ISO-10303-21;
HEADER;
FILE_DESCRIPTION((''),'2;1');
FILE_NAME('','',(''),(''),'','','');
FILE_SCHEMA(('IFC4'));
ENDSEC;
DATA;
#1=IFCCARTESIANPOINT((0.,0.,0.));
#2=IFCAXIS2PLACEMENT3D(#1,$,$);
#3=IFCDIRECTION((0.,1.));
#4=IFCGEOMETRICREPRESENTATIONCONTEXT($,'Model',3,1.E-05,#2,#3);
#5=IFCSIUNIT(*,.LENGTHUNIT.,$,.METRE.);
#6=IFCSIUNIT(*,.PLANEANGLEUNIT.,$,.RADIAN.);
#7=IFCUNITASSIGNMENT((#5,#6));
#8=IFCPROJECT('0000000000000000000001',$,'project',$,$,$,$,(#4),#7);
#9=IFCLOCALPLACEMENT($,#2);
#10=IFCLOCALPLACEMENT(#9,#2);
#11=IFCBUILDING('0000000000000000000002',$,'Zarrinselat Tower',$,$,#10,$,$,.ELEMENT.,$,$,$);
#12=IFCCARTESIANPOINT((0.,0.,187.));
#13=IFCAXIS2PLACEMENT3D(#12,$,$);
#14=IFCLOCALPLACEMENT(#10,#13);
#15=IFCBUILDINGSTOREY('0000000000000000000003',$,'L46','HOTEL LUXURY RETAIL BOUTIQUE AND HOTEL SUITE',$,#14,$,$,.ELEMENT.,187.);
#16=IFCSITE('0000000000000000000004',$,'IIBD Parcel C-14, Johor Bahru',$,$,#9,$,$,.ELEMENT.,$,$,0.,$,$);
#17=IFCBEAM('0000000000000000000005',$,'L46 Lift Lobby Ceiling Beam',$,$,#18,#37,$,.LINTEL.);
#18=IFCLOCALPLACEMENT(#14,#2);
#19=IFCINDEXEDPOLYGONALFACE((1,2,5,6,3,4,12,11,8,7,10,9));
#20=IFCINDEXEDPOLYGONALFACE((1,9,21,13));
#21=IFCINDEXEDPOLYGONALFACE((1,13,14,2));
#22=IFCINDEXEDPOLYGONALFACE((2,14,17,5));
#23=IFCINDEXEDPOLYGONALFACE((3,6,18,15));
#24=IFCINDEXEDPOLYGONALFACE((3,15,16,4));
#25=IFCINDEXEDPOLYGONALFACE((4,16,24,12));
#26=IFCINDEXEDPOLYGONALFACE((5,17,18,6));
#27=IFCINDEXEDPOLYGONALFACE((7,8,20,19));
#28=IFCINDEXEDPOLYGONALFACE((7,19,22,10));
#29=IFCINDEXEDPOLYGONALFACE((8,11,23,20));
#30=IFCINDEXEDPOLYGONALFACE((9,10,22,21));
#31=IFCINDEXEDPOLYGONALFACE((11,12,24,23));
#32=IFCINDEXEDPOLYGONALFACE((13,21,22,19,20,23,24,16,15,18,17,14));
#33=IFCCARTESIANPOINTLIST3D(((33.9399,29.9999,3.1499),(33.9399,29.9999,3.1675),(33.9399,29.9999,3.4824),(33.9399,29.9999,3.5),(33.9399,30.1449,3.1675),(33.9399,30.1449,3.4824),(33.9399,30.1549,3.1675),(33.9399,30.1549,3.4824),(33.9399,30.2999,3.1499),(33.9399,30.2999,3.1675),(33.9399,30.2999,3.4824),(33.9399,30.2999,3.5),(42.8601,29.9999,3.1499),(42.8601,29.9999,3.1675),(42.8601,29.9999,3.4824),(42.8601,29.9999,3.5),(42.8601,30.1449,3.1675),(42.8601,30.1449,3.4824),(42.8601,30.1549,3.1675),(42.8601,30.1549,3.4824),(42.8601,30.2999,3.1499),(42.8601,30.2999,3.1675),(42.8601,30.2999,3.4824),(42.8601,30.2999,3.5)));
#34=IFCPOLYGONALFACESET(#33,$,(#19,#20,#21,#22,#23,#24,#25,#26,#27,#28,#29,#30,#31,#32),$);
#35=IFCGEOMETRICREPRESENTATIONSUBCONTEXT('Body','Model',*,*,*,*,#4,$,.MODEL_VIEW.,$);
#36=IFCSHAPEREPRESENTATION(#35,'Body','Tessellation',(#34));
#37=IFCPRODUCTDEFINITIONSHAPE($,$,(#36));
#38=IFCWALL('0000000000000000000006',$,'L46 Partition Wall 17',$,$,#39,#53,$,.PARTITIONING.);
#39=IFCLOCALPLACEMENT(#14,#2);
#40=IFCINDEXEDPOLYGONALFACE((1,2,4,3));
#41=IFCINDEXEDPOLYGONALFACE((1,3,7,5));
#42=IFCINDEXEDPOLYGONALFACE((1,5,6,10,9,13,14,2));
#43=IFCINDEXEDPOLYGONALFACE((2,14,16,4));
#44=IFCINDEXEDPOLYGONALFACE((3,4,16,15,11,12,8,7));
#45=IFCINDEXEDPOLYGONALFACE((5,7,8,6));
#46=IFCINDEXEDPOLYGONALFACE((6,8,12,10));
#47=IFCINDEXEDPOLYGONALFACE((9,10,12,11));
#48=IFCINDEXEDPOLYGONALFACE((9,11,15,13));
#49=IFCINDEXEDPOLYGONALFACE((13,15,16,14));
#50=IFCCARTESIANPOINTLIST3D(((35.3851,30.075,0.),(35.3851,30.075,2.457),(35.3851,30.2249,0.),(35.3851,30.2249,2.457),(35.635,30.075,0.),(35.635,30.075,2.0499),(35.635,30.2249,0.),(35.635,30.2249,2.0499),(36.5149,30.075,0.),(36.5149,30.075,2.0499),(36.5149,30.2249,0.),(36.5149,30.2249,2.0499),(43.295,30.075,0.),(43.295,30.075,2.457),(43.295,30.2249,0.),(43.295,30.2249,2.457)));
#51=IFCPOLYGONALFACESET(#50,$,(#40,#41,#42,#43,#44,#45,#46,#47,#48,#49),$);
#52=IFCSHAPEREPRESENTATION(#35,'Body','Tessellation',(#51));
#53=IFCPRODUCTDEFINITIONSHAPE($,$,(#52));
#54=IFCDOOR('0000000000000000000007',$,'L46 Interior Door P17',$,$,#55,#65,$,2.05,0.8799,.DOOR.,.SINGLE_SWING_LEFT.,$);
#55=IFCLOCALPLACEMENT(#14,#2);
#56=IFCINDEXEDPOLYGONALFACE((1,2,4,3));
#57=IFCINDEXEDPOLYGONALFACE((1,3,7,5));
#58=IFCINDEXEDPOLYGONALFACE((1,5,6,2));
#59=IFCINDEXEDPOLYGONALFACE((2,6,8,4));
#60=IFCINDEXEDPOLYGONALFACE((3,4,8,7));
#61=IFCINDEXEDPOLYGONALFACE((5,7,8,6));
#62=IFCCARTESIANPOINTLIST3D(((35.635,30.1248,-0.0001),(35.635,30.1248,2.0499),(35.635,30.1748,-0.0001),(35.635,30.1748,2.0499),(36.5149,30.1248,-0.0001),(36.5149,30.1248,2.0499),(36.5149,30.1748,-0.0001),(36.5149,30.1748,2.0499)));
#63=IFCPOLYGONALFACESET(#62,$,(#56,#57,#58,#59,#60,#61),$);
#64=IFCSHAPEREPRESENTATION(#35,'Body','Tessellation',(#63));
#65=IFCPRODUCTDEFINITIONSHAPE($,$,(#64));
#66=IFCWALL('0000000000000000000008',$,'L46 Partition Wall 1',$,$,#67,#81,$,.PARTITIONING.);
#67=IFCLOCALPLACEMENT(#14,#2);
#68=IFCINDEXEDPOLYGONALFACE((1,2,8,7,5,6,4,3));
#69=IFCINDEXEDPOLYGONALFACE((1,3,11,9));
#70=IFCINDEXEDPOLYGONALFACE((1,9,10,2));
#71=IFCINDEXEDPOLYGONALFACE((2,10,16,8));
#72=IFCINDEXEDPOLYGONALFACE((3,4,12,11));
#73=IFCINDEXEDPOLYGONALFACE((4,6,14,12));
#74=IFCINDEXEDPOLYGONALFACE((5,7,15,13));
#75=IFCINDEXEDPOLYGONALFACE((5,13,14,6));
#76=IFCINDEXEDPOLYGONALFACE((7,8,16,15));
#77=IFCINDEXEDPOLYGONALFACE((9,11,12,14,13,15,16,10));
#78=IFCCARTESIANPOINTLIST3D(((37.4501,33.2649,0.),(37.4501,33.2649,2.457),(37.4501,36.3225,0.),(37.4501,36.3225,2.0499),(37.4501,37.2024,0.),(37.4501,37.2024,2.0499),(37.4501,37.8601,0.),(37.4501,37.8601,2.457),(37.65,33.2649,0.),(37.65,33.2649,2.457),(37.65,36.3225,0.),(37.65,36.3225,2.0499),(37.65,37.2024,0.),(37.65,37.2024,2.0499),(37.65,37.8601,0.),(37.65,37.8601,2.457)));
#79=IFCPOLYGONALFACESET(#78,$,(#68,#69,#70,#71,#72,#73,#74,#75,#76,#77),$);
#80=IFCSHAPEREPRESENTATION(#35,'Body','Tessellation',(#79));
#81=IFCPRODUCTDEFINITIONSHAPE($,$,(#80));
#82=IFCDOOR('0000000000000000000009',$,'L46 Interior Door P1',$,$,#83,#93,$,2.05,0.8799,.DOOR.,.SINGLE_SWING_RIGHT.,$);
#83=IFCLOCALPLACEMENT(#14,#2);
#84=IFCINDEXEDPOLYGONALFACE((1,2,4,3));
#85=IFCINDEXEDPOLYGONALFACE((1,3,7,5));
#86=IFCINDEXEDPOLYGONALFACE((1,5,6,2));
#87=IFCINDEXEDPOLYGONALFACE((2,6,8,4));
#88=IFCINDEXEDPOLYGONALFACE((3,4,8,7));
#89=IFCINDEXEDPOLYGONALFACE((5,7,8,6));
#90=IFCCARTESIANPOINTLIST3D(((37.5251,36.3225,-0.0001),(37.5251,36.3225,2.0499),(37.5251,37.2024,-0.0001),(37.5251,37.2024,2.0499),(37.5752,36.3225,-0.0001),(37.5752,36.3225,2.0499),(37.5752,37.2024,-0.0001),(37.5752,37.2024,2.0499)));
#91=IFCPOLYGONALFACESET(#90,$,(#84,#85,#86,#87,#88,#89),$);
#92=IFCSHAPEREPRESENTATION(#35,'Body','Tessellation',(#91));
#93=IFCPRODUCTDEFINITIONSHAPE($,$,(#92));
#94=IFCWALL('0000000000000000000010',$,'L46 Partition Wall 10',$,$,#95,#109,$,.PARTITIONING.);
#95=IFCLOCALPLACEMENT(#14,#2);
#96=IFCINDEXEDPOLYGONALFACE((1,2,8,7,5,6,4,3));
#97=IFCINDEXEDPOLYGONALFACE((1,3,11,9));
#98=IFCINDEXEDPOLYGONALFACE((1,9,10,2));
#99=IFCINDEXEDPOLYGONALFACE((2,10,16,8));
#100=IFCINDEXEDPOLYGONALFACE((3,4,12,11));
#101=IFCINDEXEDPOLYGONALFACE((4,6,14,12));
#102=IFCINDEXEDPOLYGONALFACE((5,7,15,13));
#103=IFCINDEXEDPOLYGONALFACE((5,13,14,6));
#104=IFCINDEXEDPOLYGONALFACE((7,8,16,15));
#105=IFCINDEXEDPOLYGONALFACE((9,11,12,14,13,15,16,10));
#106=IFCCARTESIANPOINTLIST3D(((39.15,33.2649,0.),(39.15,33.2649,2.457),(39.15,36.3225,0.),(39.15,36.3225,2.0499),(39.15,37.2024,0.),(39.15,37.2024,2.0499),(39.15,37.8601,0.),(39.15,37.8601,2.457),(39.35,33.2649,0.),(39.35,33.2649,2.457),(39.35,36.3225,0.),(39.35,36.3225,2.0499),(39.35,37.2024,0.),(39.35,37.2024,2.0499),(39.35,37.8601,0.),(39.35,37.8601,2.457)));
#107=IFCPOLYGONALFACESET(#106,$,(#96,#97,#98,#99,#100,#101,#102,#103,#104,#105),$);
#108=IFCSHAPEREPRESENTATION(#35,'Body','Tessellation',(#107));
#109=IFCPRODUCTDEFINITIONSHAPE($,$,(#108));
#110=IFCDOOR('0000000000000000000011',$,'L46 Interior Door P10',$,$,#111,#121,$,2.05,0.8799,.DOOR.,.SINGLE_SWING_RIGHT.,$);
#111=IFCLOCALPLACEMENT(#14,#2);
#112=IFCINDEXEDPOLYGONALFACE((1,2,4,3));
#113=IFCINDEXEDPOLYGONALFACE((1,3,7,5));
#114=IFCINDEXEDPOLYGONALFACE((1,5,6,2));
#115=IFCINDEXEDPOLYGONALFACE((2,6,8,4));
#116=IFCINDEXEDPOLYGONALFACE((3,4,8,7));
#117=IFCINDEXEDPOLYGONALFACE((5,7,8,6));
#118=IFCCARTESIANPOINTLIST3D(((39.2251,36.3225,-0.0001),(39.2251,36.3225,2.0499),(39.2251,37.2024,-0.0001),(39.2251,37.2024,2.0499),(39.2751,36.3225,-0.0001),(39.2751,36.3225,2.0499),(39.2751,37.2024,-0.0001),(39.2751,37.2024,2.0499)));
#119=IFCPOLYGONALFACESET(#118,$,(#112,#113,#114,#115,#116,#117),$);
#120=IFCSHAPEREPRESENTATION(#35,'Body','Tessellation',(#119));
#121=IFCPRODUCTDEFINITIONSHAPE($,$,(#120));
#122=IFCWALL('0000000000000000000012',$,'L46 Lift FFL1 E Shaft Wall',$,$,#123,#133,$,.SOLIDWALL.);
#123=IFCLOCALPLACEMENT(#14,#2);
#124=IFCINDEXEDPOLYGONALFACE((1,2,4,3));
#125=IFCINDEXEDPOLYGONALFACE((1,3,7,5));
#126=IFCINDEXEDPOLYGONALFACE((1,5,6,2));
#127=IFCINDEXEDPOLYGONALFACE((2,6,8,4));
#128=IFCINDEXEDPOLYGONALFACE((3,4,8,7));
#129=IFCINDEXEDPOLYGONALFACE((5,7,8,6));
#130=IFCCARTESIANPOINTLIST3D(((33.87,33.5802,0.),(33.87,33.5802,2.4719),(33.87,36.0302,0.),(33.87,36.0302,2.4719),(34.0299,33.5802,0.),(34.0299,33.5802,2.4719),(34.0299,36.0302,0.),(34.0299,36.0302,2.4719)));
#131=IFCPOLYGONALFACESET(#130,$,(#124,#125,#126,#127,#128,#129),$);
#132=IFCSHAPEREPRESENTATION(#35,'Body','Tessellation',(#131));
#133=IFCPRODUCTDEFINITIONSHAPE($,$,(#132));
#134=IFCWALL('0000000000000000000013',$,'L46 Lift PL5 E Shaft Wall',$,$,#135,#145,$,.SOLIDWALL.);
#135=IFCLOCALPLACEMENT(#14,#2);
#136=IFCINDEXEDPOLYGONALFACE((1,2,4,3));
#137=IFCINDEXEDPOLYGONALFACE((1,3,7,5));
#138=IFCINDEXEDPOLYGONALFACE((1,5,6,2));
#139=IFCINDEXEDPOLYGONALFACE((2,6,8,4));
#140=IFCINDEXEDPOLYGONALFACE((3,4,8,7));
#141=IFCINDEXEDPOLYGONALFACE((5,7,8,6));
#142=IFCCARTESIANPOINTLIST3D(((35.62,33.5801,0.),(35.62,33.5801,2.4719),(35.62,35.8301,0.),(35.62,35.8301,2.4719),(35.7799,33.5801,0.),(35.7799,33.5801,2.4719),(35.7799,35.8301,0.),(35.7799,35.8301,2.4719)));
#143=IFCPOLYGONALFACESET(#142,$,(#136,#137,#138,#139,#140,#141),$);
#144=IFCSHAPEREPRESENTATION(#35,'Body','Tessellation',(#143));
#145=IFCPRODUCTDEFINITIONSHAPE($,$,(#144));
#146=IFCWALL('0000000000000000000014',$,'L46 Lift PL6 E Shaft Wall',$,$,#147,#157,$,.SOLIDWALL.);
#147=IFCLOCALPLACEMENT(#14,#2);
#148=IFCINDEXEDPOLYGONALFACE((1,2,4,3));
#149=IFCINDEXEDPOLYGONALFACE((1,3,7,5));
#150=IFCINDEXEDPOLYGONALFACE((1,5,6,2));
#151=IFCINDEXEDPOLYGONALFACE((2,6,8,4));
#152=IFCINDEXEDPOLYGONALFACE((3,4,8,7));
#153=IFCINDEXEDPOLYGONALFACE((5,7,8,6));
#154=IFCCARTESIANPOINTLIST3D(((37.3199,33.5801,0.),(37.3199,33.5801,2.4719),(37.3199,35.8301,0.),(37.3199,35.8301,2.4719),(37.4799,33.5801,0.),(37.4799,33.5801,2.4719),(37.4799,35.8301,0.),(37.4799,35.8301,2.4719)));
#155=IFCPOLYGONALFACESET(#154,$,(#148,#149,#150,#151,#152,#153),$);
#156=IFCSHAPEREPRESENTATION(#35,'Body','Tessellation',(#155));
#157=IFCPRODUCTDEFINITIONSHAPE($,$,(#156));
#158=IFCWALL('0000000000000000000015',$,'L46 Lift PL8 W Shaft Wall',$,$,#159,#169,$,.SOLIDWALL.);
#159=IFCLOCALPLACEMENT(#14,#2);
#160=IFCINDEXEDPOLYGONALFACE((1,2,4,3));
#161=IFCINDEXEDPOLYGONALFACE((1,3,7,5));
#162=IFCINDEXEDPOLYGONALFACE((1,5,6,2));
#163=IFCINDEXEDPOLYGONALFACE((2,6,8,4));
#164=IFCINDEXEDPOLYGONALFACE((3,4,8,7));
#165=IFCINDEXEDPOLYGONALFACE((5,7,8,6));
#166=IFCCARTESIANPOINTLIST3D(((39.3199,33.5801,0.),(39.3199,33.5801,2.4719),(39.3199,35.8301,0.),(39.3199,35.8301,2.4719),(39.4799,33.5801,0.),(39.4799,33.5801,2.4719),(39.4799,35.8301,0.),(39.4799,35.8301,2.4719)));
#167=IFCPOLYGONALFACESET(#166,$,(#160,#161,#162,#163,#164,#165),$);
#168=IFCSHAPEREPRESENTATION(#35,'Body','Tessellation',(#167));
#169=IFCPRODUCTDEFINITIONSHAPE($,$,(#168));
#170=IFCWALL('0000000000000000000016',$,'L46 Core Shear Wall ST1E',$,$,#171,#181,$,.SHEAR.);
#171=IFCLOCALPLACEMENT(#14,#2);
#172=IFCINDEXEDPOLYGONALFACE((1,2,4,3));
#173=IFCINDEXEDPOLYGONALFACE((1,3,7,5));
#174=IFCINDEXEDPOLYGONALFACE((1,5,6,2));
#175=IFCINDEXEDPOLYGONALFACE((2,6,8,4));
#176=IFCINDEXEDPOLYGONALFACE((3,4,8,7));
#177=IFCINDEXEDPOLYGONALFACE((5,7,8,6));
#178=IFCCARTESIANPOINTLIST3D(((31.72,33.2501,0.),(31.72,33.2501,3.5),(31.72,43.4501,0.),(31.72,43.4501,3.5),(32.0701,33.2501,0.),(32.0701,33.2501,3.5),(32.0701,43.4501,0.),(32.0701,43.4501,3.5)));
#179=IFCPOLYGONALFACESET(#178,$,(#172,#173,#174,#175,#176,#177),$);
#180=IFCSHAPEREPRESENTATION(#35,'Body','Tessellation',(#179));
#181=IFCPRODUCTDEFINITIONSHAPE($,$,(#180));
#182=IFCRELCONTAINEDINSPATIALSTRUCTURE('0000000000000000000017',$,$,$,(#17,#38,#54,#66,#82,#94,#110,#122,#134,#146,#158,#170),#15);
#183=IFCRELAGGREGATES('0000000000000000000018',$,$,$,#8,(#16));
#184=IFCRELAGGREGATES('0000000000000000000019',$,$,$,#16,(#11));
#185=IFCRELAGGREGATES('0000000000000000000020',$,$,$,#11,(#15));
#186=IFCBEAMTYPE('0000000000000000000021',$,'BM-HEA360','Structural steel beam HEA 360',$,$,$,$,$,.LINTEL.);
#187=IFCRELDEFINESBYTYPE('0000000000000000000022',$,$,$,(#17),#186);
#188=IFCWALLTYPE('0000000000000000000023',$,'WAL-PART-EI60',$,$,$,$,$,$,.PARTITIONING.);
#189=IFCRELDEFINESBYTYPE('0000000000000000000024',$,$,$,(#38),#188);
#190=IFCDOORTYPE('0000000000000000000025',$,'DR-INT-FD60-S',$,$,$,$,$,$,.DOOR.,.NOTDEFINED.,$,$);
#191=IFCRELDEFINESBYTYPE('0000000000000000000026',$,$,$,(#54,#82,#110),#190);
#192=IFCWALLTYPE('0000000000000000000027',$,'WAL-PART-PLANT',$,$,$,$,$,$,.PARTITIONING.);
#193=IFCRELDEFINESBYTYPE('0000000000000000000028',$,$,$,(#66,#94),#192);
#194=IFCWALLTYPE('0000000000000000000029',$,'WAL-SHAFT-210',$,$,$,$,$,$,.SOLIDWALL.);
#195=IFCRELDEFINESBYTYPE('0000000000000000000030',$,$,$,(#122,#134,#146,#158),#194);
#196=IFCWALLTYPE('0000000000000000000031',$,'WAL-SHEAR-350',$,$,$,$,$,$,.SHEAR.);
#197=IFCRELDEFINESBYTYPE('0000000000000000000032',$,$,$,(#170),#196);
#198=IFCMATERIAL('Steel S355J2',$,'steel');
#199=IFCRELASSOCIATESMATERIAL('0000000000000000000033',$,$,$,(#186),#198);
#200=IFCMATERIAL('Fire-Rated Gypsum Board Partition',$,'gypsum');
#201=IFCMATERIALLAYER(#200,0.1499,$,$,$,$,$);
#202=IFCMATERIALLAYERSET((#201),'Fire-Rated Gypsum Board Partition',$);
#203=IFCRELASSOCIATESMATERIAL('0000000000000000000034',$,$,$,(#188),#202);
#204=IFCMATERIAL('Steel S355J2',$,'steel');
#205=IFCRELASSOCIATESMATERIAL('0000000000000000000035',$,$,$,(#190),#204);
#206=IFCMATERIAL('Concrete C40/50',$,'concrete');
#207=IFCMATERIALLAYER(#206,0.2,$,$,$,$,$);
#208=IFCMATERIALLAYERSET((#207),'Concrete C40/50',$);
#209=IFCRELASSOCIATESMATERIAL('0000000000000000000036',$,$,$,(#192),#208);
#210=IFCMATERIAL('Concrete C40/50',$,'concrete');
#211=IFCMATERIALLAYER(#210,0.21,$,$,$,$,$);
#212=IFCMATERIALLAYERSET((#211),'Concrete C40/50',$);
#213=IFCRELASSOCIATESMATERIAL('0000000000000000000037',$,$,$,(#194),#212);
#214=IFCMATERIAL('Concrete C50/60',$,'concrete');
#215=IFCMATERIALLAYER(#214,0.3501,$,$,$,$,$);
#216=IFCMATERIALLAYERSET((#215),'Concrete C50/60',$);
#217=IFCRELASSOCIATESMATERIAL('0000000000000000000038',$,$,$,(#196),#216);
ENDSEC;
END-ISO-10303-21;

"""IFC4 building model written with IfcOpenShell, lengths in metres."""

from ifc_helpers import new_model, si_unit, direction, frame, frame_2d, origin, origin_2d, place, context, subcontext, project, spatial, rectangle, i_section, extrude, material, layer, layer_set, material_profile, profile_set, type_object, element, fill, save


model = new_model("IFC4")

# Units and contexts
model_context = context("Model", 3, precision=1e-05, world=origin(), true_north=direction((0.0, 1.0)))
body_context = subcontext(model_context, "Body", "Model", "MODEL_VIEW")
ifc_project = project(units=[si_unit("LENGTHUNIT", "METRE"), si_unit("PLANEANGLEUNIT", "RADIAN")], contexts=[model_context])

# Site, building, storey
site_placement = place(None, origin())
site = spatial("IfcSite", under=ifc_project, at=site_placement, Name="IIBD Parcel C-14, Johor Bahru", CompositionType="ELEMENT", RefElevation=0.0)
building_placement = place(site_placement, origin())
building = spatial("IfcBuilding", under=site, at=building_placement, Name="Zarrinselat Tower", CompositionType="ELEMENT")
storey_placement = place(building_placement, frame((0.0, 0.0, 187.0)))
storey = spatial("IfcBuildingStorey", under=building, at=storey_placement, Name="L46", Description="HOTEL LUXURY RETAIL BOUTIQUE AND HOTEL SUITE", CompositionType="ELEMENT", Elevation=187.0)

# Beam
ifc_material_1 = material(Name="Steel S355J2", Category="steel")
ifc_material_profile = material_profile(ifc_material_1, i_section(OverallWidth=0.3, OverallDepth=0.3501, WebThickness=0.01, FlangeThickness=0.0176, at=origin_2d()), Name="HEA 360")
ifc_profile_set = profile_set([ifc_material_profile], Name="Steel S355J2")
beam_type = type_object("IfcBeamType", Name="BM-HEA360", Description="Structural steel beam HEA 360", PredefinedType="LINTEL", material=ifc_profile_set)
beam_placement = place(storey_placement, frame((33.9399, 30.1499, 3.325), z_axis=(1.0, 0.0, 0.0), x_axis=(0.0, 1.0, 0.0)))
element("IfcBeam", 1, at=beam_placement, inside=storey, type_object=beam_type, Name="L46 Lift Lobby Ceiling Beam", PredefinedType="LINTEL", context=body_context, shape_type="SweptSolid", body=[
    extrude(i_section(OverallWidth=0.3, OverallDepth=0.3501, WebThickness=0.01, FlangeThickness=0.0176, at=origin_2d()), origin(), (0.0, 0.0, 1.0), 8.9202),
])

# Walls, openings, doors
ifc_material_2 = material(Name="Fire-Rated Gypsum Board Partition", Category="gypsum")
ifc_layer_1 = layer(ifc_material_2, 0.1499)
ifc_layer_set_1 = layer_set([ifc_layer_1], Name="Fire-Rated Gypsum Board Partition")
wall_type_1 = type_object("IfcWallType", Name="WAL-PART-EI60", PredefinedType="PARTITIONING", material=ifc_layer_set_1)
wall_1_placement = place(storey_placement, frame((35.385, 30.1499, 0.0), z_axis=(0.0, 0.0, 1.0), x_axis=(1.0, 0.0, 0.0)))
wall_1 = element("IfcWall", 2, at=wall_1_placement, inside=storey, type_object=wall_type_1, Name="L46 Partition Wall 17", PredefinedType="PARTITIONING", context=body_context, shape_type="SweptSolid", body=[
    extrude(rectangle(XDim=7.9099, YDim=0.1499, at=frame_2d((3.9551, 0.0))), origin(), (0.0, 0.0, 1.0), 2.457),
])
opening_1_placement = place(wall_1_placement, frame((0.25, 0.0, 0.0)))
opening_1 = element("IfcOpeningElement", 3, at=opening_1_placement, cuts=wall_1, PredefinedType="OPENING", context=body_context, shape_type="SweptSolid", body=[
    extrude(rectangle(XDim=0.8799, YDim=2.05, at=frame_2d((0.4399, 1.0249))), frame((0.0, 0.085, 0.0), z_axis=(0.0, -1.0, 0.0), x_axis=(1.0, 0.0, 0.0)), (0.0, 0.0, 1.0), 0.1699),
])
ifc_material_3 = material(Name="Steel S355J2", Category="steel")
door_type = type_object("IfcDoorType", Name="DR-INT-FD60-S", OperationType="NOTDEFINED", PredefinedType="DOOR", material=ifc_material_3)
door_1_placement = place(opening_1_placement, origin())
door_1 = element("IfcDoor", 4, at=door_1_placement, inside=storey, type_object=door_type, Name="L46 Interior Door P17", OperationType="SINGLE_SWING_LEFT", OverallHeight=2.05, OverallWidth=0.8799, PredefinedType="DOOR", context=body_context, shape_type="SweptSolid", body=[
    extrude(rectangle(XDim=0.8799, YDim=2.05, at=frame_2d((0.4399, 1.0249))), frame((0.0, 0.0249, 0.0), z_axis=(0.0, -1.0, 0.0), x_axis=(1.0, 0.0, 0.0)), (0.0, 0.0, 1.0), 0.05),
])
fill(opening_1, door_1)
ifc_material_4 = material(Name="Concrete C40/50", Category="concrete")
ifc_layer_2 = layer(ifc_material_4, 0.2)
ifc_layer_set_2 = layer_set([ifc_layer_2], Name="Concrete C40/50")
wall_type_2 = type_object("IfcWallType", Name="WAL-PART-PLANT", PredefinedType="PARTITIONING", material=ifc_layer_set_2)
wall_2_placement = place(storey_placement, frame((37.55, 33.2649, 0.0), z_axis=(0.0, 0.0, 1.0), x_axis=(0.0, 1.0, 0.0)))
wall_2 = element("IfcWall", 5, at=wall_2_placement, inside=storey, type_object=wall_type_2, Name="L46 Partition Wall 1", PredefinedType="PARTITIONING", context=body_context, shape_type="SweptSolid", body=[
    extrude(rectangle(XDim=4.5952, YDim=0.2, at=frame_2d((2.2976, 0.0))), origin(), (0.0, 0.0, 1.0), 2.457),
])
opening_2_placement = place(wall_2_placement, frame((3.0576, 0.0, 0.0)))
opening_2 = element("IfcOpeningElement", 6, at=opening_2_placement, cuts=wall_2, PredefinedType="OPENING", context=body_context, shape_type="SweptSolid", body=[
    extrude(rectangle(XDim=0.8799, YDim=2.05, at=frame_2d((0.4399, 1.0249))), frame((0.0, 0.1099, 0.0), z_axis=(0.0, -1.0, 0.0), x_axis=(1.0, 0.0, 0.0)), (0.0, 0.0, 1.0), 0.22),
])
door_2_placement = place(opening_2_placement, origin())
door_2 = element("IfcDoor", 7, at=door_2_placement, inside=storey, type_object=door_type, Name="L46 Interior Door P1", OperationType="SINGLE_SWING_RIGHT", OverallHeight=2.05, OverallWidth=0.8799, PredefinedType="DOOR", context=body_context, shape_type="SweptSolid", body=[
    extrude(rectangle(XDim=0.8799, YDim=2.05, at=frame_2d((0.4399, 1.0249))), frame((0.0, 0.0249, 0.0), z_axis=(0.0, -1.0, 0.0), x_axis=(1.0, 0.0, 0.0)), (0.0, 0.0, 1.0), 0.05),
])
fill(opening_2, door_2)
wall_3_placement = place(storey_placement, frame((39.25, 33.2649, 0.0), z_axis=(0.0, 0.0, 1.0), x_axis=(0.0, 1.0, 0.0)))
wall_3 = element("IfcWall", 8, at=wall_3_placement, inside=storey, type_object=wall_type_2, Name="L46 Partition Wall 10", PredefinedType="PARTITIONING", context=body_context, shape_type="SweptSolid", body=[
    extrude(rectangle(XDim=4.5952, YDim=0.2, at=frame_2d((2.2976, 0.0))), origin(), (0.0, 0.0, 1.0), 2.457),
])
opening_3_placement = place(wall_3_placement, frame((3.0576, 0.0, 0.0)))
opening_3 = element("IfcOpeningElement", 9, at=opening_3_placement, cuts=wall_3, PredefinedType="OPENING", context=body_context, shape_type="SweptSolid", body=[
    extrude(rectangle(XDim=0.8799, YDim=2.05, at=frame_2d((0.4399, 1.0249))), frame((0.0, 0.1099, 0.0), z_axis=(0.0, -1.0, 0.0), x_axis=(1.0, 0.0, 0.0)), (0.0, 0.0, 1.0), 0.22),
])
door_3_placement = place(opening_3_placement, origin())
door_3 = element("IfcDoor", 10, at=door_3_placement, inside=storey, type_object=door_type, Name="L46 Interior Door P10", OperationType="SINGLE_SWING_RIGHT", OverallHeight=2.05, OverallWidth=0.8799, PredefinedType="DOOR", context=body_context, shape_type="SweptSolid", body=[
    extrude(rectangle(XDim=0.8799, YDim=2.05, at=frame_2d((0.4399, 1.0249))), frame((0.0, 0.0249, 0.0), z_axis=(0.0, -1.0, 0.0), x_axis=(1.0, 0.0, 0.0)), (0.0, 0.0, 1.0), 0.05),
])
fill(opening_3, door_3)

# Walls
ifc_material_5 = material(Name="Concrete C40/50", Category="concrete")
ifc_layer_3 = layer(ifc_material_5, 0.21)
ifc_layer_set_3 = layer_set([ifc_layer_3], Name="Concrete C40/50")
wall_type_3 = type_object("IfcWallType", Name="WAL-SHAFT-210", PredefinedType="SOLIDWALL", material=ifc_layer_set_3)
wall_4_placement = place(storey_placement, frame((33.95, 33.5801, 0.0), z_axis=(0.0, 0.0, 1.0), x_axis=(0.0, 1.0, 0.0)))
element("IfcWall", 11, at=wall_4_placement, inside=storey, type_object=wall_type_3, Name="L46 Lift FFL1 E Shaft Wall", PredefinedType="SOLIDWALL", context=body_context, shape_type="SweptSolid", body=[
    extrude(rectangle(XDim=2.45, YDim=0.1599, at=frame_2d((1.2251, 0.0))), origin(), (0.0, 0.0, 1.0), 2.4719),
])
for number, where, z_axis, x_axis, name in (
    (12, (35.7, 33.5801, 0.0), (0.0, 0.0, 1.0), (0.0, 1.0, 0.0), "L46 Lift PL5 E Shaft Wall"),
    (13, (37.3999, 33.5801, 0.0), (0.0, 0.0, 1.0), (0.0, 1.0, 0.0), "L46 Lift PL6 E Shaft Wall"),
    (14, (39.3999, 33.5801, 0.0), (0.0, 0.0, 1.0), (0.0, 1.0, 0.0), "L46 Lift PL8 W Shaft Wall"),
):
    element("IfcWall", number, at=place(storey_placement, frame(where, z_axis=z_axis, x_axis=x_axis)), inside=storey, type_object=wall_type_3, Name=name, PredefinedType="SOLIDWALL", context=body_context, shape_type="SweptSolid", body=[
        extrude(rectangle(XDim=2.25, YDim=0.1599, at=frame_2d((1.125, 0.0))), origin(), (0.0, 0.0, 1.0), 2.4719),
    ])
ifc_material_6 = material(Name="Concrete C50/60", Category="concrete")
ifc_layer_4 = layer(ifc_material_6, 0.3501)
ifc_layer_set_4 = layer_set([ifc_layer_4], Name="Concrete C50/60")
wall_type_4 = type_object("IfcWallType", Name="WAL-SHEAR-350", PredefinedType="SHEAR", material=ifc_layer_set_4)
wall_5_placement = place(storey_placement, frame((31.895, 33.25, 0.0), z_axis=(0.0, 0.0, 1.0), x_axis=(0.0, 1.0, 0.0)))
element("IfcWall", 15, at=wall_5_placement, inside=storey, type_object=wall_type_4, Name="L46 Core Shear Wall ST1E", PredefinedType="SHEAR", context=body_context, shape_type="SweptSolid", body=[
    extrude(rectangle(XDim=10.2, YDim=0.3501, at=frame_2d((5.1001, 0.0))), origin(), (0.0, 0.0, 1.0), 3.5),
])

save(model, "model.ifc")
